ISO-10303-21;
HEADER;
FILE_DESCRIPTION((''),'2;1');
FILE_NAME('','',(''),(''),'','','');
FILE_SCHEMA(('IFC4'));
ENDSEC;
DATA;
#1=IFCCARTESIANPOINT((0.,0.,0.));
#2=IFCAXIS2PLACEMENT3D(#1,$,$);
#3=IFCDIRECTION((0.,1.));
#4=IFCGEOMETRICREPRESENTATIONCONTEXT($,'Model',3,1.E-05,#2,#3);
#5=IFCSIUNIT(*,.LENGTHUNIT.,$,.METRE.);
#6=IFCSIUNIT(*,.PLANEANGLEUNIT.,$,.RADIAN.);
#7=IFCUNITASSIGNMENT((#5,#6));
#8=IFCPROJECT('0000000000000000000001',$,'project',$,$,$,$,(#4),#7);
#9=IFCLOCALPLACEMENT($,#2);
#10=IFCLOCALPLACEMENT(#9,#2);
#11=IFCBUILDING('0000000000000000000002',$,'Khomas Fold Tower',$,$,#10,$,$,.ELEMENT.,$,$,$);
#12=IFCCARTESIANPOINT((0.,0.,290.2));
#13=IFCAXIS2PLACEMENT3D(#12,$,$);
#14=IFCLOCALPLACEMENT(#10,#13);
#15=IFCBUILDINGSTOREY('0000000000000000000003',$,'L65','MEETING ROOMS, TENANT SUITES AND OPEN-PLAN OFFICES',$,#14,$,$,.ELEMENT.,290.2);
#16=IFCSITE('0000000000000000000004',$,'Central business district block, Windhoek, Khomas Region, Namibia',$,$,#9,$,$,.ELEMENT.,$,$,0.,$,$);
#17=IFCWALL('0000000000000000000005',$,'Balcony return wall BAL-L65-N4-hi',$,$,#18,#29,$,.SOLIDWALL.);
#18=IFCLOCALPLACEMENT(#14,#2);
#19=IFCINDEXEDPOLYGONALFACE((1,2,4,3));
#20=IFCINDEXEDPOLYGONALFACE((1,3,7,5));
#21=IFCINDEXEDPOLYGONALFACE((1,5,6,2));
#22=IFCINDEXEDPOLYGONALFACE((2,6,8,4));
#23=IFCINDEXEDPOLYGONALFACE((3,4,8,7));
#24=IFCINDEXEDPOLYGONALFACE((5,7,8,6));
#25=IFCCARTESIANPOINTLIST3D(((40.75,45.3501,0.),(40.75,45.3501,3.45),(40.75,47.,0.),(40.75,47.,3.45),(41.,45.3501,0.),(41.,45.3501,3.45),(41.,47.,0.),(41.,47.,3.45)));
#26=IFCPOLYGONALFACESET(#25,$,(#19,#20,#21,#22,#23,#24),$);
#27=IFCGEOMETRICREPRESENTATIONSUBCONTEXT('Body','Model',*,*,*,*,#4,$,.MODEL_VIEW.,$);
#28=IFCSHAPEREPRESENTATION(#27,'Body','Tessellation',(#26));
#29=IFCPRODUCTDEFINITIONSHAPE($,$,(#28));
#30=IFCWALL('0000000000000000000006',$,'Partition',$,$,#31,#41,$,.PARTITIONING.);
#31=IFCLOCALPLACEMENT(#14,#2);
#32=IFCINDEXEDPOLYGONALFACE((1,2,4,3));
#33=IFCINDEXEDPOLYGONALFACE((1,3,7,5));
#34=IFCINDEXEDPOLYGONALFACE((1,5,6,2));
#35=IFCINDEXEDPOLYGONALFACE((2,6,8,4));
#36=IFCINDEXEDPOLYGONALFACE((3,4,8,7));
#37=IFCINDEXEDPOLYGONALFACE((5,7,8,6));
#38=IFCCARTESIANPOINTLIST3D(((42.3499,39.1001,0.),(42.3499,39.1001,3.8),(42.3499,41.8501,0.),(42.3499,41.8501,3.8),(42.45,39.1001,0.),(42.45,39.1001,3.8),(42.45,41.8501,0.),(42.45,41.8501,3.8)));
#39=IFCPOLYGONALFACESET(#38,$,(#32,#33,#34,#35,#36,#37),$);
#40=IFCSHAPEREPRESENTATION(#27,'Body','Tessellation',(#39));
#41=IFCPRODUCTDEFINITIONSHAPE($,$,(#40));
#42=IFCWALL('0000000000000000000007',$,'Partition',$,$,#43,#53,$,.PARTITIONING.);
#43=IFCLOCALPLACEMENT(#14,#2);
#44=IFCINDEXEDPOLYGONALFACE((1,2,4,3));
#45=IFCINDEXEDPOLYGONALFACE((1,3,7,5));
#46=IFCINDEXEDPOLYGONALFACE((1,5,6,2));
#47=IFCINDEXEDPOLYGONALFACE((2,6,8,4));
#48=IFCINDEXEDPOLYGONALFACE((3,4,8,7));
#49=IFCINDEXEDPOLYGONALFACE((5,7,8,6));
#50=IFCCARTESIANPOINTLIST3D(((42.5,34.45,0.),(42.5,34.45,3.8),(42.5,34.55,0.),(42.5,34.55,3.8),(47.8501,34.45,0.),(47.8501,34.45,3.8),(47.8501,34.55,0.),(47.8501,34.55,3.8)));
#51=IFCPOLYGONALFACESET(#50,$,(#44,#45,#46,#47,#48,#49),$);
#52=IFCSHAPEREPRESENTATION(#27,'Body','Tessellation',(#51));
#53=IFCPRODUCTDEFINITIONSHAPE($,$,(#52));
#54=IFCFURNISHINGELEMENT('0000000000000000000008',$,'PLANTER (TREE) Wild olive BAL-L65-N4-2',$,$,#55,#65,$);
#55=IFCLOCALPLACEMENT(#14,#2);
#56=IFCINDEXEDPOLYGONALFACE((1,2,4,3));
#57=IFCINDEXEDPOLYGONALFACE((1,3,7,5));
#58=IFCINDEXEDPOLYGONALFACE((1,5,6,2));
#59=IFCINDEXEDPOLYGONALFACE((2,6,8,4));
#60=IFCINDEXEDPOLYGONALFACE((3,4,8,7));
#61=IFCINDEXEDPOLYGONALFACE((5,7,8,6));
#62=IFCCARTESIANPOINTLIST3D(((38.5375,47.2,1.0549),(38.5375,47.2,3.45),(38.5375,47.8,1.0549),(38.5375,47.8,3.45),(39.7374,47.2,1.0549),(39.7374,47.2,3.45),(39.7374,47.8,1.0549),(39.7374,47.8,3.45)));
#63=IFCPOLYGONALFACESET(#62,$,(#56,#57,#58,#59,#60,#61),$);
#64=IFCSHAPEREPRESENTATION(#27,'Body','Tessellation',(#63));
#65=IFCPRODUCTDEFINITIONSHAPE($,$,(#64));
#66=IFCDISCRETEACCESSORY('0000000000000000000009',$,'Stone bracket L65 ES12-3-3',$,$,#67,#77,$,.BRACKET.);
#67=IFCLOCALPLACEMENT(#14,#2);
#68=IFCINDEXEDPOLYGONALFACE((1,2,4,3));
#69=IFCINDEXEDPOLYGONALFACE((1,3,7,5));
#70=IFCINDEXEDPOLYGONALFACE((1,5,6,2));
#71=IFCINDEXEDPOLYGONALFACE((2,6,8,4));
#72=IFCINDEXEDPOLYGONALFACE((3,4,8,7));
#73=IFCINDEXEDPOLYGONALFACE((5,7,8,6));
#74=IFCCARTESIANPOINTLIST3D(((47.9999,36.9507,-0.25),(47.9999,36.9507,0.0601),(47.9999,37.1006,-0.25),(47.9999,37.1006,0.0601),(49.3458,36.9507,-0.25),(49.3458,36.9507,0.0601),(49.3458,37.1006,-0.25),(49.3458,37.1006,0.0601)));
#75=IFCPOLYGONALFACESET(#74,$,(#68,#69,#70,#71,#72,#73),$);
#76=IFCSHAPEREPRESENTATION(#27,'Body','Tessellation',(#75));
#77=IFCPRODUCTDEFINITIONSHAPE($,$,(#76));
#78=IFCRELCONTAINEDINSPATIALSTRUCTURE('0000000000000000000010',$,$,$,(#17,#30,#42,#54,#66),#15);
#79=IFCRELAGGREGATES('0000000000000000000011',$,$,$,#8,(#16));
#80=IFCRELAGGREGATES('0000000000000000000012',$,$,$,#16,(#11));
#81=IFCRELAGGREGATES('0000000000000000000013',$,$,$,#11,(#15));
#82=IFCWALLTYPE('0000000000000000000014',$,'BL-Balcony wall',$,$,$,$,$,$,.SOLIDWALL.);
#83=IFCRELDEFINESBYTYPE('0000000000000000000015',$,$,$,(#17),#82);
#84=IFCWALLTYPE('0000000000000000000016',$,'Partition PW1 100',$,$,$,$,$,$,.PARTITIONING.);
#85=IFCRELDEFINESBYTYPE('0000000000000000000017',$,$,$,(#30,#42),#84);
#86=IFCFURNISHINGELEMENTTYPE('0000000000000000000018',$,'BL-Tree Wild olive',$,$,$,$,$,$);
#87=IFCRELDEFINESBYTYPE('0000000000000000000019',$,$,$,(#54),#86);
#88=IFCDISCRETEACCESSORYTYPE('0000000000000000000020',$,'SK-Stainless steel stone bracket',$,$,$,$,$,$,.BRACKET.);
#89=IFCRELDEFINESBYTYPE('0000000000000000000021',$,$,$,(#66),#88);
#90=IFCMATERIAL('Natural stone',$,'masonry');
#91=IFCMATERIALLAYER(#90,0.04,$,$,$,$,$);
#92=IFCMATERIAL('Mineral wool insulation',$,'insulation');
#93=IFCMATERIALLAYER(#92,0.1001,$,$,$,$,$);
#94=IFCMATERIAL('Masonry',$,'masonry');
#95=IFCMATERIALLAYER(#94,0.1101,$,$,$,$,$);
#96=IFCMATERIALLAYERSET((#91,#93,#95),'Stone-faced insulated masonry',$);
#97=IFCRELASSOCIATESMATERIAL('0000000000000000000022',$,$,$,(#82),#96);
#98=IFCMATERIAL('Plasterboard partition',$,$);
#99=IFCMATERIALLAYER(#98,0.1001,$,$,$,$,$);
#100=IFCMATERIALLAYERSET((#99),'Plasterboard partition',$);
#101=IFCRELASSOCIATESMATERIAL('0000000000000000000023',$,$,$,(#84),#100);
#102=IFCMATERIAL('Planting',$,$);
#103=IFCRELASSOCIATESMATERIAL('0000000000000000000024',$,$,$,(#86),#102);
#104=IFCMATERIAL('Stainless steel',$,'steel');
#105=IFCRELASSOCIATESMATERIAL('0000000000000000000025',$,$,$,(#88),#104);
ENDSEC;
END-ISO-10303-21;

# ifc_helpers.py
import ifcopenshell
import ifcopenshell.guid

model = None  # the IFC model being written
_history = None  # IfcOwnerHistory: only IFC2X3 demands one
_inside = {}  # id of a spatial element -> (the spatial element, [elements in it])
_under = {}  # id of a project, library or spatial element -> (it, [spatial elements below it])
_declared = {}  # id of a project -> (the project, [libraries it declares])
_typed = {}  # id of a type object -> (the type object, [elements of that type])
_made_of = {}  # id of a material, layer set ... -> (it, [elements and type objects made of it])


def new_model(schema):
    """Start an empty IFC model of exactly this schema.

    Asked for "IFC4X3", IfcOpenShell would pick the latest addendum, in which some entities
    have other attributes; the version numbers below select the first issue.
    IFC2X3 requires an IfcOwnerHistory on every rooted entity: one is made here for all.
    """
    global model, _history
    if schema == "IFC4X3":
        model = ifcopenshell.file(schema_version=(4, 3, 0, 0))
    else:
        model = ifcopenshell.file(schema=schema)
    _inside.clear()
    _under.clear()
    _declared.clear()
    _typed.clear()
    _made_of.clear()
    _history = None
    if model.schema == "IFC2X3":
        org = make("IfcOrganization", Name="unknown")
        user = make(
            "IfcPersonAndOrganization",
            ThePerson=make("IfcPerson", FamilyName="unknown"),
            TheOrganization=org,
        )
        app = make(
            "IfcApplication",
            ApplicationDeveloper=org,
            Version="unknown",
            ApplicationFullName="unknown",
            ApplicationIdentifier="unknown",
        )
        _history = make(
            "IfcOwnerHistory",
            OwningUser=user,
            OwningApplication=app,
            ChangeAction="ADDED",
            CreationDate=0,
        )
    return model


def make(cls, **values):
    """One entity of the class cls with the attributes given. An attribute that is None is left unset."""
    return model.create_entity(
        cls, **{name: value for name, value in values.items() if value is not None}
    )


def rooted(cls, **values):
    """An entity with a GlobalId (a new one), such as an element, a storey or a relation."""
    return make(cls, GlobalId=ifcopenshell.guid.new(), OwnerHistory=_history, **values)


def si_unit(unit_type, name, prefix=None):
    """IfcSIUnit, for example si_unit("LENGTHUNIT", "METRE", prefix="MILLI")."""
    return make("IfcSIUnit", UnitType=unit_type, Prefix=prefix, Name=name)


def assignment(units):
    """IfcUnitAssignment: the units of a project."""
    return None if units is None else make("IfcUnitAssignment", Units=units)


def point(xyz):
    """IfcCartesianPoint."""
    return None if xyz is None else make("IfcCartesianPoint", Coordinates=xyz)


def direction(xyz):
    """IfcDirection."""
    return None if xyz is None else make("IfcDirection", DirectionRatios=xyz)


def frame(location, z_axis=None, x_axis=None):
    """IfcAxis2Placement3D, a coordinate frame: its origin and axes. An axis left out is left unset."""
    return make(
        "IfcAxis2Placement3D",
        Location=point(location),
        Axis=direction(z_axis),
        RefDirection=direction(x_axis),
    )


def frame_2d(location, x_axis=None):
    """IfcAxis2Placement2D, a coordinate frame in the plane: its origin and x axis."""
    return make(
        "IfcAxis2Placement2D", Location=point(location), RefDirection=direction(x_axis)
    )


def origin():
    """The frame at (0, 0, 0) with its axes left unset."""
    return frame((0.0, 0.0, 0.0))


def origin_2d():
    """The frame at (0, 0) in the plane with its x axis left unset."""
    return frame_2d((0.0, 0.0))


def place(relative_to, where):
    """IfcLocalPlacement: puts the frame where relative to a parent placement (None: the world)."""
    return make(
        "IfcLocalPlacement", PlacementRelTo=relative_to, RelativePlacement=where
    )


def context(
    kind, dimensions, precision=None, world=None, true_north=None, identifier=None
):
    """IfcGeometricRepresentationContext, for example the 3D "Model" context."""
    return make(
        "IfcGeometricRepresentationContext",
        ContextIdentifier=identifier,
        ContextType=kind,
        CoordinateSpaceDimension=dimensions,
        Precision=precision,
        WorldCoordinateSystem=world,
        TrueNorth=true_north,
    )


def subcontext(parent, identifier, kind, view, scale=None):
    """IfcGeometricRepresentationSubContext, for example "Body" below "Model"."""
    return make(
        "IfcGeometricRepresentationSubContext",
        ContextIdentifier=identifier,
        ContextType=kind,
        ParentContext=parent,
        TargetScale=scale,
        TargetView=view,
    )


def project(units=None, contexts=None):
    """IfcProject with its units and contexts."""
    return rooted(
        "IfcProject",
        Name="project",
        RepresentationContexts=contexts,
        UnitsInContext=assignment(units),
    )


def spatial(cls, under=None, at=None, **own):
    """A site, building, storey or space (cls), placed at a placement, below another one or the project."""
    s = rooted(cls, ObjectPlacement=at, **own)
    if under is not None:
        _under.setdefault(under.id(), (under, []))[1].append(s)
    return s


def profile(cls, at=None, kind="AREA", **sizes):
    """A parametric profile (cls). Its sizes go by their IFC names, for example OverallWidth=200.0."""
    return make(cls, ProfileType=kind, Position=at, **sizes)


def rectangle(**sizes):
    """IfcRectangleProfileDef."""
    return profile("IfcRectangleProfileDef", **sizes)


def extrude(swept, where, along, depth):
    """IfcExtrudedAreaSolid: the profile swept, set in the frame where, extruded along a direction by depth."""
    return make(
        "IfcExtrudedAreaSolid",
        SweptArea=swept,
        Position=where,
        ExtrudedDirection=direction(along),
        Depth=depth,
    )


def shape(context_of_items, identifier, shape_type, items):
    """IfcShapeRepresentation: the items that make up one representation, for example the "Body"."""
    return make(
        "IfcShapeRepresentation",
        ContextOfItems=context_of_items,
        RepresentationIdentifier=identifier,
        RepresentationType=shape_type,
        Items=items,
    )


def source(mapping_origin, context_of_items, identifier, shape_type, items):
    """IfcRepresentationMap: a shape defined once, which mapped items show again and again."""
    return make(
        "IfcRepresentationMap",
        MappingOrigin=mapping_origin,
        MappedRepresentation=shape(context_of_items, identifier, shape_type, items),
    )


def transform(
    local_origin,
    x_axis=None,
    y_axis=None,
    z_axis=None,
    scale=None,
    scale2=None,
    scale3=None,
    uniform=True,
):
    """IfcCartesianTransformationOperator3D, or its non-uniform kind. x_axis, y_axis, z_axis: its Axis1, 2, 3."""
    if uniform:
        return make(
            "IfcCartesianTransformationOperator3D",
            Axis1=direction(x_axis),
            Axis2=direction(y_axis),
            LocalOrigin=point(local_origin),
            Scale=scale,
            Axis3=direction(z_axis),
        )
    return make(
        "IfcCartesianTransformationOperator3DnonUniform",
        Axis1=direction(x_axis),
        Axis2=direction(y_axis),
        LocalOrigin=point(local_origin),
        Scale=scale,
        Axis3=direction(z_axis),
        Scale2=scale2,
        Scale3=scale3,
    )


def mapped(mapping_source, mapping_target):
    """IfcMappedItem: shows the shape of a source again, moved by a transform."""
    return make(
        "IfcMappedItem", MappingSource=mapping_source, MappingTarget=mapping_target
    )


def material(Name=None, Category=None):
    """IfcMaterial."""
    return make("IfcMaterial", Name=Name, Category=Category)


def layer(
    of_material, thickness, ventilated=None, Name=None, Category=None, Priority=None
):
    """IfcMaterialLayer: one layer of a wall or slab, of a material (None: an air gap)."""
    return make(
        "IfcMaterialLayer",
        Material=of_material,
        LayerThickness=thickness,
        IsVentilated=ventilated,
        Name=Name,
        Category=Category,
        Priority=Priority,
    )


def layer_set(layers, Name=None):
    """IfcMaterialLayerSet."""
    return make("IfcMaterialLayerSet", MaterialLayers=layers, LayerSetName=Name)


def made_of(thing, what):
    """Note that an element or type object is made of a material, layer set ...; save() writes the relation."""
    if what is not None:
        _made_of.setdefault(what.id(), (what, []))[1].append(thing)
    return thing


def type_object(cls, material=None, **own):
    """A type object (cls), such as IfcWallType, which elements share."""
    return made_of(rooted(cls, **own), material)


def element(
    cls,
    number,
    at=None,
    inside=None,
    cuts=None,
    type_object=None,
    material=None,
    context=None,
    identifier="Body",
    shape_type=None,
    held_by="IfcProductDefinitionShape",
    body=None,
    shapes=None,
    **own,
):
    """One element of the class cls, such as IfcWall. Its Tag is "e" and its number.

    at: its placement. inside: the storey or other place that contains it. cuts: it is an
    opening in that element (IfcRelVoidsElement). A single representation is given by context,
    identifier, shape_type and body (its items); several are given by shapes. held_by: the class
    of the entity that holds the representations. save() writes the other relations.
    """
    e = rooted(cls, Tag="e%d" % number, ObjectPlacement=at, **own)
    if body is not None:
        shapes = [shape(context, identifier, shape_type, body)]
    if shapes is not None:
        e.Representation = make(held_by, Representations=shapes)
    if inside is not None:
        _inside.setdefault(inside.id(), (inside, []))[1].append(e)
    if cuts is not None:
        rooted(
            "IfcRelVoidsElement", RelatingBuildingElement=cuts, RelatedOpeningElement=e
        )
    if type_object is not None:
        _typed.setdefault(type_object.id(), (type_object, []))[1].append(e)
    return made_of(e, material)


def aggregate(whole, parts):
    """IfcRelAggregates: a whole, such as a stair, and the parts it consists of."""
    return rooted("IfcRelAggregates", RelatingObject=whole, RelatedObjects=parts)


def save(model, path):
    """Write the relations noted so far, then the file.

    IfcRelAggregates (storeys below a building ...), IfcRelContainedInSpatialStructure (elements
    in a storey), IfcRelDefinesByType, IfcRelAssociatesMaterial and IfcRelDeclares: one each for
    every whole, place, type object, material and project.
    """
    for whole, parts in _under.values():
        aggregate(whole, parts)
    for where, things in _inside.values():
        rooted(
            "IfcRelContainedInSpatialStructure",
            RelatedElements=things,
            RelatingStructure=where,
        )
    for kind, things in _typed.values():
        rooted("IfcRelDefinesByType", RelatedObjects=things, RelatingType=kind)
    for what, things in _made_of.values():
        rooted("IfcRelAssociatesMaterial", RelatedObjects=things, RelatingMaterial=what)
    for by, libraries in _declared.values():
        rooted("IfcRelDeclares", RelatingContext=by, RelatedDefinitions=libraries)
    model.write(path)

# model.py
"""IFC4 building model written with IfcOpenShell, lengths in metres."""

from ifc_helpers import new_model, si_unit, direction, frame, frame_2d, origin, origin_2d, place, context, subcontext, project, spatial, rectangle, extrude, source, transform, mapped, material, layer, layer_set, type_object, element, save


model = new_model("IFC4")

# Units and contexts
model_context = context("Model", 3, precision=1e-05, world=origin(), true_north=direction((0.0, 1.0)))
body_context = subcontext(model_context, "Body", "Model", "MODEL_VIEW")
ifc_project = project(units=[si_unit("LENGTHUNIT", "METRE"), si_unit("PLANEANGLEUNIT", "RADIAN")], contexts=[model_context])

# Site, building, storey
site_placement = place(None, origin())
site = spatial("IfcSite", under=ifc_project, at=site_placement, Name="Central business district block, Windhoek, Khomas Region, Namibia", CompositionType="ELEMENT", RefElevation=0.0)
building_placement = place(site_placement, origin())
building = spatial("IfcBuilding", under=site, at=building_placement, Name="Khomas Fold Tower", CompositionType="ELEMENT")
storey_placement = place(building_placement, frame((0.0, 0.0, 290.2)))
storey = spatial("IfcBuildingStorey", under=building, at=storey_placement, Name="L65", Description="MEETING ROOMS, TENANT SUITES AND OPEN-PLAN OFFICES", CompositionType="ELEMENT", Elevation=290.2)

# Walls
ifc_material_1 = material(Name="Natural stone", Category="masonry")
ifc_layer_1 = layer(ifc_material_1, 0.04)
ifc_material_2 = material(Name="Mineral wool insulation", Category="insulation")
ifc_layer_2 = layer(ifc_material_2, 0.1001)
ifc_material_3 = material(Name="Masonry", Category="masonry")
ifc_layer_3 = layer(ifc_material_3, 0.1101)
ifc_layer_set_1 = layer_set([ifc_layer_1, ifc_layer_2, ifc_layer_3], Name="Stone-faced insulated masonry")
wall_type_1 = type_object("IfcWallType", Name="BL-Balcony wall", PredefinedType="SOLIDWALL", material=ifc_layer_set_1)
shared_shape_1 = source(origin(), body_context, "Body", "SweptSolid", [
    extrude(rectangle(XDim=1.6499, YDim=0.25, at=frame_2d((0.825, 0.0))), origin(), (0.0, 0.0, 1.0), 3.45),
])
wall_1_placement = place(storey_placement, frame((40.875, 47.0, 0.0), z_axis=(0.0, 0.0, 1.0), x_axis=(0.0, -1.0, 0.0)))
element("IfcWall", 1, at=wall_1_placement, inside=storey, type_object=wall_type_1, Name="Balcony return wall BAL-L65-N4-hi", PredefinedType="SOLIDWALL", context=body_context, shape_type="MappedRepresentation", body=[
    mapped(shared_shape_1, transform((0.0, 0.0, 0.0))),
])
ifc_material_4 = material(Name="Plasterboard partition")
ifc_layer_4 = layer(ifc_material_4, 0.1001)
ifc_layer_set_2 = layer_set([ifc_layer_4], Name="Plasterboard partition")
wall_type_2 = type_object("IfcWallType", Name="Partition PW1 100", PredefinedType="PARTITIONING", material=ifc_layer_set_2)
shared_shape_2 = source(origin(), body_context, "Body", "SweptSolid", [
    extrude(rectangle(XDim=2.75, YDim=0.1001, at=frame_2d((1.375, 0.0))), origin(), (0.0, 0.0, 1.0), 3.8),
])
wall_2_placement = place(storey_placement, frame((42.3999, 39.1001, 0.0), z_axis=(0.0, 0.0, 1.0), x_axis=(0.0, 1.0, 0.0)))
element("IfcWall", 2, at=wall_2_placement, inside=storey, type_object=wall_type_2, Name="Partition", PredefinedType="PARTITIONING", context=body_context, shape_type="MappedRepresentation", body=[
    mapped(shared_shape_2, transform((0.0, 0.0, 0.0))),
])
shared_shape_3 = source(origin(), body_context, "Body", "SweptSolid", [
    extrude(rectangle(XDim=5.3501, YDim=0.1001, at=frame_2d((2.675, 0.0))), origin(), (0.0, 0.0, 1.0), 3.8),
])
wall_3_placement = place(storey_placement, frame((42.5, 34.5, 0.0), z_axis=(0.0, 0.0, 1.0), x_axis=(1.0, 0.0, 0.0)))
element("IfcWall", 3, at=wall_3_placement, inside=storey, type_object=wall_type_2, Name="Partition", PredefinedType="PARTITIONING", context=body_context, shape_type="MappedRepresentation", body=[
    mapped(shared_shape_3, transform((0.0, 0.0, 0.0))),
])

# Furnishing element
ifc_material_5 = material(Name="Planting")
furnishing_element_type = type_object("IfcFurnishingElementType", Name="BL-Tree Wild olive", material=ifc_material_5)
shared_shape_4 = source(origin(), body_context, "Body", "SweptSolid", [
    extrude(rectangle(XDim=1.2, YDim=0.6001, at=origin_2d()), origin(), (0.0, 0.0, 1.0), 2.395),
])
furnishing_placement = place(storey_placement, frame((39.1375, 47.5, 1.0549), z_axis=(0.0, 0.0, 1.0), x_axis=(1.0, 0.0, 0.0)))
element("IfcFurnishingElement", 4, at=furnishing_placement, inside=storey, type_object=furnishing_element_type, Name="PLANTER (TREE) Wild olive BAL-L65-N4-2", context=body_context, shape_type="MappedRepresentation", body=[
    mapped(shared_shape_4, transform((0.0, 0.0, 0.0))),
])

# Discrete accessory
ifc_material_6 = material(Name="Stainless steel", Category="steel")
discrete_accessory_type = type_object("IfcDiscreteAccessoryType", Name="SK-Stainless steel stone bracket", PredefinedType="BRACKET", material=ifc_material_6)
shared_shape_5 = source(origin(), body_context, "Body", "SweptSolid", [
    extrude(rectangle(XDim=1.3459, YDim=0.1499, at=origin_2d()), origin(), (0.0, 0.0, 1.0), 0.3101),
])
discrete_accessory_placement = place(storey_placement, frame((48.6729, 37.0256, -0.25), z_axis=(0.0, 0.0, 1.0), x_axis=(1.0, 0.0, 0.0)))
element("IfcDiscreteAccessory", 5, at=discrete_accessory_placement, inside=storey, type_object=discrete_accessory_type, Name="Stone bracket L65 ES12-3-3", PredefinedType="BRACKET", context=body_context, shape_type="MappedRepresentation", body=[
    mapped(shared_shape_5, transform((0.0, 0.0, 0.0))),
])

save(model, "model.ifc")
